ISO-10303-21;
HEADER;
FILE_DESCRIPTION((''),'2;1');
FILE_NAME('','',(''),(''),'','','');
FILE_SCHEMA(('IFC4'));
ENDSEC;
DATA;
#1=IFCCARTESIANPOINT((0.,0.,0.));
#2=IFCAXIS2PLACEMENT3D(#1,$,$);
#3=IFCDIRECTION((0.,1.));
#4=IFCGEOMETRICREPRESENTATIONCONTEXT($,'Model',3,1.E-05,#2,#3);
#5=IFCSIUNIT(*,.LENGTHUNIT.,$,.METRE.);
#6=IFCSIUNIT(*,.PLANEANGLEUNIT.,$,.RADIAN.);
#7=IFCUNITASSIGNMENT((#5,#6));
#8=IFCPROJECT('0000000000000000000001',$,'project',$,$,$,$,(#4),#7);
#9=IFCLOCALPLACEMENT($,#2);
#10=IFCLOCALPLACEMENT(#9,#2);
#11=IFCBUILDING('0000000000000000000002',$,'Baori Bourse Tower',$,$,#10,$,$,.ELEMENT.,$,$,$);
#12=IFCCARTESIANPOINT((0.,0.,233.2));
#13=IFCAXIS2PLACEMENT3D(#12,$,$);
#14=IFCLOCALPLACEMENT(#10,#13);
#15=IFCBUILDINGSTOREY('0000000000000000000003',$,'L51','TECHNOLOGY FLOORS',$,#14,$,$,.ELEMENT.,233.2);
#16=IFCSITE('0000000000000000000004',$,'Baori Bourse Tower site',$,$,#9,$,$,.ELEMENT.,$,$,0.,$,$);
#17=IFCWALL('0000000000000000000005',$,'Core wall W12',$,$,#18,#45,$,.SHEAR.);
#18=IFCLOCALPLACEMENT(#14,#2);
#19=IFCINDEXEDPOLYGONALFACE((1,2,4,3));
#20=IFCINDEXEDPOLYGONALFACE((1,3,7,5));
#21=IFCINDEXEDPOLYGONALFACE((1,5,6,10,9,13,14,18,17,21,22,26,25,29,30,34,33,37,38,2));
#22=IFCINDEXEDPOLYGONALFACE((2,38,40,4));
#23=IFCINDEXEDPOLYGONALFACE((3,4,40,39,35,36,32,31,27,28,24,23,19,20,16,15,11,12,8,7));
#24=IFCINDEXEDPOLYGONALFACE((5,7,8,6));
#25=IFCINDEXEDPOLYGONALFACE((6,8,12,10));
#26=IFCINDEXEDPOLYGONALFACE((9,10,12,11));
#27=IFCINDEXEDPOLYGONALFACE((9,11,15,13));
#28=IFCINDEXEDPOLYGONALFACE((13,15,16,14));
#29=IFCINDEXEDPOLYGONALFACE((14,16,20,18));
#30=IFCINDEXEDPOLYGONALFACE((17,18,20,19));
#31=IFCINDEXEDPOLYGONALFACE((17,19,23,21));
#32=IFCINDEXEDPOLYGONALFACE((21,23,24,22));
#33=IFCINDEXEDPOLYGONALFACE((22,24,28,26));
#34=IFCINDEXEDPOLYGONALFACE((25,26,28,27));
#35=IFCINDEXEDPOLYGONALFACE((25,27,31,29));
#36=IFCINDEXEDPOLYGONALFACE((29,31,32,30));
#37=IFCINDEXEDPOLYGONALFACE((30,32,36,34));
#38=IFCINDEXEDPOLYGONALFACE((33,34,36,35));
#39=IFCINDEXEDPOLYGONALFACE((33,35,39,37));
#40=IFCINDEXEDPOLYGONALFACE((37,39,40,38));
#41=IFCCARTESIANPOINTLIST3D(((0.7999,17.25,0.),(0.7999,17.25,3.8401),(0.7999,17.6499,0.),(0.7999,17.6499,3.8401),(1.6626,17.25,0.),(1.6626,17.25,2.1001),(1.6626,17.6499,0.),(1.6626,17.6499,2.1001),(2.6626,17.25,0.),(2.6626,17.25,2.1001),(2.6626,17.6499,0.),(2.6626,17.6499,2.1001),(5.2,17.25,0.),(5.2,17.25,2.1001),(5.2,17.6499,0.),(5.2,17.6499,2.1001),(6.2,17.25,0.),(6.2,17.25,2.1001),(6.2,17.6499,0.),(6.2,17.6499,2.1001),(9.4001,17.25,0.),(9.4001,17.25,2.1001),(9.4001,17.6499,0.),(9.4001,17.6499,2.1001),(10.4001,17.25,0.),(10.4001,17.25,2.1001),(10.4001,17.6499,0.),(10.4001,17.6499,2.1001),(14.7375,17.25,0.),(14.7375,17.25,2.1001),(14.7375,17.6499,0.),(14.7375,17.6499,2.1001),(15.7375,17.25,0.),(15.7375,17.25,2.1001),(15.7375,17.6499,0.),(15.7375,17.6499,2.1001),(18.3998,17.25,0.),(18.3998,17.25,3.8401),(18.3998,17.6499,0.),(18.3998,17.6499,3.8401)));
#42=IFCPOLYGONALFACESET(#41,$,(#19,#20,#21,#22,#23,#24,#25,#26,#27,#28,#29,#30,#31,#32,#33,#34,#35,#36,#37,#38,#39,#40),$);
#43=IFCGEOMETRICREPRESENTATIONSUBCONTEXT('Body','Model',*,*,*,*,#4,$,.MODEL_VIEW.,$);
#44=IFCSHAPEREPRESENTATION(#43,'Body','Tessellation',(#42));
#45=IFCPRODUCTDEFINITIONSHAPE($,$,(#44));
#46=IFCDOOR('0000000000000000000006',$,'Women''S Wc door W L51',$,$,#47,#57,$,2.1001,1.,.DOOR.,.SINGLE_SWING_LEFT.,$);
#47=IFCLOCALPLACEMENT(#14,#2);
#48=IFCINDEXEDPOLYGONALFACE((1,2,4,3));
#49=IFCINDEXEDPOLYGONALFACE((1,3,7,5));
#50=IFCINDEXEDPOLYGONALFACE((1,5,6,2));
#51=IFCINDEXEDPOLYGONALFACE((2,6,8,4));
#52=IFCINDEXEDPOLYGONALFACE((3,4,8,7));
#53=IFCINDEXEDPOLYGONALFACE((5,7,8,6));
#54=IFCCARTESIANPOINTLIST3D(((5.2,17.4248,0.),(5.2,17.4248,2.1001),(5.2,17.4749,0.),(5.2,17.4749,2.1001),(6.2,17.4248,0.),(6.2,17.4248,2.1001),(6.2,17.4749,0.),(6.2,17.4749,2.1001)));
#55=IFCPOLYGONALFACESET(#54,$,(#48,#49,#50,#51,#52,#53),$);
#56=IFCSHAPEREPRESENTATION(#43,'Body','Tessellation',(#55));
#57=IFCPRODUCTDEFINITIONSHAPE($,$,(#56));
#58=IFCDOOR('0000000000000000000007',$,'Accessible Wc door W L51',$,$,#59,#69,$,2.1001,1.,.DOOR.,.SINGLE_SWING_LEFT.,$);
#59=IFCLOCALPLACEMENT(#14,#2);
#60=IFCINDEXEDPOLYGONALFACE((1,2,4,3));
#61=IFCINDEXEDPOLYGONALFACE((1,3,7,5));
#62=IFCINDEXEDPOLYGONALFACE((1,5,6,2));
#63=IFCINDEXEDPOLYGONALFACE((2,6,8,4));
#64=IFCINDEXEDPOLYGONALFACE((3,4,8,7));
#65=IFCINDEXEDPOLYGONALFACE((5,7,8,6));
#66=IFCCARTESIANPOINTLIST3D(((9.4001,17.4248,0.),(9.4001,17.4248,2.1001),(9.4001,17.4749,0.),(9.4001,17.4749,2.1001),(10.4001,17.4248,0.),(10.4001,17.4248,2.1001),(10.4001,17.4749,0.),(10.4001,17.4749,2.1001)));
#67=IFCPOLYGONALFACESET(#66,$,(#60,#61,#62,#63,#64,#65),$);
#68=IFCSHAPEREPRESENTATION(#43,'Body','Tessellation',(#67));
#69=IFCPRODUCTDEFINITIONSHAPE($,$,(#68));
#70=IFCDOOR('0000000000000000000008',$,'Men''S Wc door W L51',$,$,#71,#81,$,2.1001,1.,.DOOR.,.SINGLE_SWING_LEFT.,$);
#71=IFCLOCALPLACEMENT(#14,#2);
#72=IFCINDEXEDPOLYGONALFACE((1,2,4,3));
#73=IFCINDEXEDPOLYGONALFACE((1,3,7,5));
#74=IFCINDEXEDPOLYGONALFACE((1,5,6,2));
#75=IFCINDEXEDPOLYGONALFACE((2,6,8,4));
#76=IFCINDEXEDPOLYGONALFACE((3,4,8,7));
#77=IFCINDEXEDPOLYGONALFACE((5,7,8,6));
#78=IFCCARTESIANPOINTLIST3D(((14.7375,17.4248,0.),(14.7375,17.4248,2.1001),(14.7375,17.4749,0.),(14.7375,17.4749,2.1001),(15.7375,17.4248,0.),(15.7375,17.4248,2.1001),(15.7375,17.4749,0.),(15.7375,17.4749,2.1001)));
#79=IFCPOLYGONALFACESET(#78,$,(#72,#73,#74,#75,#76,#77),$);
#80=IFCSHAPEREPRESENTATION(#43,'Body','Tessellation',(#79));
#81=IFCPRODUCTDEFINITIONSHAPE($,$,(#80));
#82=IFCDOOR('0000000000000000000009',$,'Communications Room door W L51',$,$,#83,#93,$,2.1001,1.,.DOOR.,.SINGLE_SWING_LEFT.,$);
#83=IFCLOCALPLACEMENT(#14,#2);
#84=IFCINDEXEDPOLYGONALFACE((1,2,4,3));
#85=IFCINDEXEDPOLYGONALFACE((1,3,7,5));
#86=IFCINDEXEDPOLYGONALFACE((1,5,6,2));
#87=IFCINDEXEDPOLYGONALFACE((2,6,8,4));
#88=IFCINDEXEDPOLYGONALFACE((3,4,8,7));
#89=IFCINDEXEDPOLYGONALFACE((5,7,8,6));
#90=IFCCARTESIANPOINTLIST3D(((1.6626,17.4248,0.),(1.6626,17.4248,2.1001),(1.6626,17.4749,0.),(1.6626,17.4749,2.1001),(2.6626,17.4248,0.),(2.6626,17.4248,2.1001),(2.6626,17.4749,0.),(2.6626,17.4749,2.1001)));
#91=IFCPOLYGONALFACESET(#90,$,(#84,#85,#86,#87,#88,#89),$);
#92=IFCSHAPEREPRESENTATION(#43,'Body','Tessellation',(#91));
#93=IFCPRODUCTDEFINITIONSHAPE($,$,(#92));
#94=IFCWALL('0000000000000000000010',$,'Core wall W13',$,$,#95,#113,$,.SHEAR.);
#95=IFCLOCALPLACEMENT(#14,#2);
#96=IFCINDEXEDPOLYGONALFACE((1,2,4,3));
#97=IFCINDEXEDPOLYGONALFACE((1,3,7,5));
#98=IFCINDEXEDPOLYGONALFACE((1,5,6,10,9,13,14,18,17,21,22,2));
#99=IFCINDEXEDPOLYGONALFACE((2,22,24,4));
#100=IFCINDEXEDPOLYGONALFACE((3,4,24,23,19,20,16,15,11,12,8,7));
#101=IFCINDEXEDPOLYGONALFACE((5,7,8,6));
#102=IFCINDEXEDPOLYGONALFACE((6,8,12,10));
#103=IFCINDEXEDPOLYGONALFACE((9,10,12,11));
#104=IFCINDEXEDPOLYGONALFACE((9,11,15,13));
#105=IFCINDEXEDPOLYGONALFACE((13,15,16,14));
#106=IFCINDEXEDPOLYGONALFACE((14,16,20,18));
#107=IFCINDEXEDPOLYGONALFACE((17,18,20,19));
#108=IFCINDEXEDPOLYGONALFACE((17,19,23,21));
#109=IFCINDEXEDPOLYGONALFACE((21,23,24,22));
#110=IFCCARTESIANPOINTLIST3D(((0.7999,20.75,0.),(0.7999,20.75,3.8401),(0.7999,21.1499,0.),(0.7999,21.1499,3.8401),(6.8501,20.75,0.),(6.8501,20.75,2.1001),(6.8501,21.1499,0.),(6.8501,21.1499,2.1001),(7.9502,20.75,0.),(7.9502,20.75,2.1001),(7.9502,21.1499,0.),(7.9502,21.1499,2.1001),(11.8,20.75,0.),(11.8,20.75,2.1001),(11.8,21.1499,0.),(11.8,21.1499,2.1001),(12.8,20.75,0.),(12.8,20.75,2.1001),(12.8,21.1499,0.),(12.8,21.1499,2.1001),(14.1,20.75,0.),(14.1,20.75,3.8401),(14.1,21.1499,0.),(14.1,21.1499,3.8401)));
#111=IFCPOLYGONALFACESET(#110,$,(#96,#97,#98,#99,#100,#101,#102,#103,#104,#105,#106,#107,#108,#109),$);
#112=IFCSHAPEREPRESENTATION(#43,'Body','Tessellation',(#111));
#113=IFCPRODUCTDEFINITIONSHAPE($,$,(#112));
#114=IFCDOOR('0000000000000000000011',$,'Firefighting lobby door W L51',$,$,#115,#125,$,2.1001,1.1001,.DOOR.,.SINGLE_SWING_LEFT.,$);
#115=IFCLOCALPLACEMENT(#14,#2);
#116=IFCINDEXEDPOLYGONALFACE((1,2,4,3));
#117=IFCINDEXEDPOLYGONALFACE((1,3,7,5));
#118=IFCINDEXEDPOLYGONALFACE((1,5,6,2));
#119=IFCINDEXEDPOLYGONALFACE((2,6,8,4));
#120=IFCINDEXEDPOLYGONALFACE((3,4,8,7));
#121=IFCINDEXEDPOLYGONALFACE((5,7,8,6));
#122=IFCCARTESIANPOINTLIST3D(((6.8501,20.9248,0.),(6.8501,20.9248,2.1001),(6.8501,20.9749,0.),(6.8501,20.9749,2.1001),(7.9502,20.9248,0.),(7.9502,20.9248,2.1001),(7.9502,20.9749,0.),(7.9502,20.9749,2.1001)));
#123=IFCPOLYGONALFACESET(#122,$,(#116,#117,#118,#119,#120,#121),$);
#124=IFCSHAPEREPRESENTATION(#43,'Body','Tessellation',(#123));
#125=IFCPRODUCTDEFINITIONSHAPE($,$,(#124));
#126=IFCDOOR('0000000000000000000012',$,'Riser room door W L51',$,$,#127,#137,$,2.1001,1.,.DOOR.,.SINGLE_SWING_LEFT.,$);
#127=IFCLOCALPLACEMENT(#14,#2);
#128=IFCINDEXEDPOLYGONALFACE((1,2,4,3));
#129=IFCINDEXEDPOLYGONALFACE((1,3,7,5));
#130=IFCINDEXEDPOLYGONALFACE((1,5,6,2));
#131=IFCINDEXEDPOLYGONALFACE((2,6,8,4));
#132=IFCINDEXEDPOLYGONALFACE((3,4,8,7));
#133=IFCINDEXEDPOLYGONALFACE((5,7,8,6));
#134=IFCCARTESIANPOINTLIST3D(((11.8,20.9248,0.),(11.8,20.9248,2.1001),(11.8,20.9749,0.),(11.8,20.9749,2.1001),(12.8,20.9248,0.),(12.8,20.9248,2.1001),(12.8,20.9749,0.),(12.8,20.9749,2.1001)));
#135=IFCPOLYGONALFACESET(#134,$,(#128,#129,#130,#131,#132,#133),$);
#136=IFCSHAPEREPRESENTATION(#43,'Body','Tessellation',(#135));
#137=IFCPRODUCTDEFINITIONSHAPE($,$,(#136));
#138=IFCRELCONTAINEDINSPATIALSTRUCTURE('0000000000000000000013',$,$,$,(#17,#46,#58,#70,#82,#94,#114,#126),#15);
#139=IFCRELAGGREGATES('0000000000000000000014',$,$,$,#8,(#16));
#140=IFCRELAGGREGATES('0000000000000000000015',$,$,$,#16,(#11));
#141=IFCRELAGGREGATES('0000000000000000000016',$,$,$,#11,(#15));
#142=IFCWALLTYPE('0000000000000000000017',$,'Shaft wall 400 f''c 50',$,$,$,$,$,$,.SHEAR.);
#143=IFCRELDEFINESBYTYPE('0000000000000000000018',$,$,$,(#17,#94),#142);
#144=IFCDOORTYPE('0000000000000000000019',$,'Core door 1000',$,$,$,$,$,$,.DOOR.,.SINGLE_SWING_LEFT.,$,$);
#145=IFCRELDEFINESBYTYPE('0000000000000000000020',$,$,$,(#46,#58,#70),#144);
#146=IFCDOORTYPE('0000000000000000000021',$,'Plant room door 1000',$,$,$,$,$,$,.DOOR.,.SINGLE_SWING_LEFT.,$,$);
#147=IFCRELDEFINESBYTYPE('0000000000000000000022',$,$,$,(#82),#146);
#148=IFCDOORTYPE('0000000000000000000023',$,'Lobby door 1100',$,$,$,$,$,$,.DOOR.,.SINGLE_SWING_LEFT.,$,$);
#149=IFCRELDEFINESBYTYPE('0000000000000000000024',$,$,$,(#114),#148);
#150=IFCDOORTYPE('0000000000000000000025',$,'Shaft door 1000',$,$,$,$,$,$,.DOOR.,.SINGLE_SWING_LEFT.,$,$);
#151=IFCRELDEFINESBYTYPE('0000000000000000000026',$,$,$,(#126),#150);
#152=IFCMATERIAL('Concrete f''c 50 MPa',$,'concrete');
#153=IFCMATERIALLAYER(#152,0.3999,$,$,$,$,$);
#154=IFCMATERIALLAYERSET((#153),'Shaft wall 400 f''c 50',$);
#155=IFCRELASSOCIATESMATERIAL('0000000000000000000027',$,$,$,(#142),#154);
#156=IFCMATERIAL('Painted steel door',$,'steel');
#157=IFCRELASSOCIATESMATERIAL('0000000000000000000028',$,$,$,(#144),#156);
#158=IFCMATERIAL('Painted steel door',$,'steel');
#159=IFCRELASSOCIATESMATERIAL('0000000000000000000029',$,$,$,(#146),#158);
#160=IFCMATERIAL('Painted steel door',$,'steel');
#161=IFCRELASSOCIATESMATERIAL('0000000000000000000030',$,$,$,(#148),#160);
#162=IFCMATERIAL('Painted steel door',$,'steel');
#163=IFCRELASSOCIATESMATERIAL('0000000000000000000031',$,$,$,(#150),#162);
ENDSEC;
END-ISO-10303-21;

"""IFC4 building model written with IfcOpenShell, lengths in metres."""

from ifc_helpers import new_model, si_unit, direction, frame, frame_2d, origin, place, context, subcontext, project, spatial, rectangle, extrude, material, layer, layer_set, type_object, element, fill, save


model = new_model("IFC4")

# Units and contexts
model_context = context("Model", 3, precision=1e-05, world=origin(), true_north=direction((0.0, 1.0)))
body_context = subcontext(model_context, "Body", "Model", "MODEL_VIEW")
ifc_project = project(units=[si_unit("LENGTHUNIT", "METRE"), si_unit("PLANEANGLEUNIT", "RADIAN")], contexts=[model_context])

# Site, building, storey
site_placement = place(None, origin())
site = spatial("IfcSite", under=ifc_project, at=site_placement, Name="Baori Bourse Tower site", CompositionType="ELEMENT", RefElevation=0.0)
building_placement = place(site_placement, origin())
building = spatial("IfcBuilding", under=site, at=building_placement, Name="Baori Bourse Tower", CompositionType="ELEMENT")
storey_placement = place(building_placement, frame((0.0, 0.0, 233.2)))
storey = spatial("IfcBuildingStorey", under=building, at=storey_placement, Name="L51", Description="TECHNOLOGY FLOORS", CompositionType="ELEMENT", Elevation=233.2)

# Shared definitions
ifc_material_1 = material(Name="Concrete f'c 50 MPa", Category="concrete")
ifc_layer_1 = layer(ifc_material_1, 0.3999)
ifc_layer_set_1 = layer_set([ifc_layer_1], Name="Shaft wall 400 f'c 50")
wall_type_1 = type_object("IfcWallType", Name="Shaft wall 400 f'c 50", PredefinedType="SHEAR", material=ifc_layer_set_1)

# Walls, openings, doors
wall_1_placement = place(storey_placement, frame((0.8, 17.45, 0.0), z_axis=(0.0, 0.0, 1.0), x_axis=(1.0, 0.0, 0.0)))
wall_1 = element("IfcWall", 1, at=wall_1_placement, inside=storey, type_object=wall_type_1, Name="Core wall W12", PredefinedType="SHEAR", context=body_context, shape_type="SweptSolid", body=[
    extrude(rectangle(XDim=17.5999, YDim=0.3999, at=frame_2d((8.7998, 0.0))), origin(), (0.0, 0.0, 1.0), 3.8401),
])
opening_1_placement = place(wall_1_placement, frame((0.8625, 0.0, 0.0)))
opening_1 = element("IfcOpeningElement", 2, at=opening_1_placement, cuts=wall_1, PredefinedType="OPENING", context=body_context, shape_type="SweptSolid", body=[
    extrude(rectangle(XDim=1.0, YDim=2.1001, at=frame_2d((0.5, 1.05))), frame((0.0, 0.21, 0.0), z_axis=(0.0, -1.0, 0.0), x_axis=(1.0, 0.0, 0.0)), (0.0, 0.0, 1.0), 0.4199),
])
opening_2_placement = place(wall_1_placement, frame((4.3999, 0.0, 0.0)))
opening_2 = element("IfcOpeningElement", 3, at=opening_2_placement, cuts=wall_1, PredefinedType="OPENING", context=body_context, shape_type="SweptSolid", body=[
    extrude(rectangle(XDim=1.0, YDim=2.1001, at=frame_2d((0.5, 1.05))), frame((0.0, 0.21, 0.0), z_axis=(0.0, -1.0, 0.0), x_axis=(1.0, 0.0, 0.0)), (0.0, 0.0, 1.0), 0.4199),
])
opening_3_placement = place(wall_1_placement, frame((8.6001, 0.0, 0.0)))
opening_3 = element("IfcOpeningElement", 4, at=opening_3_placement, cuts=wall_1, PredefinedType="OPENING", context=body_context, shape_type="SweptSolid", body=[
    extrude(rectangle(XDim=1.0, YDim=2.1001, at=frame_2d((0.5, 1.05))), frame((0.0, 0.21, 0.0), z_axis=(0.0, -1.0, 0.0), x_axis=(1.0, 0.0, 0.0)), (0.0, 0.0, 1.0), 0.4199),
])
opening_4_placement = place(wall_1_placement, frame((13.9375, 0.0, 0.0)))
opening_4 = element("IfcOpeningElement", 5, at=opening_4_placement, cuts=wall_1, PredefinedType="OPENING", context=body_context, shape_type="SweptSolid", body=[
    extrude(rectangle(XDim=1.0, YDim=2.1001, at=frame_2d((0.5, 1.05))), frame((0.0, 0.21, 0.0), z_axis=(0.0, -1.0, 0.0), x_axis=(1.0, 0.0, 0.0)), (0.0, 0.0, 1.0), 0.4199),
])
ifc_material_2 = material(Name="Painted steel door", Category="steel")
door_type_1 = type_object("IfcDoorType", Name="Core door 1000", OperationType="SINGLE_SWING_LEFT", PredefinedType="DOOR", material=ifc_material_2)
door_1_placement = place(opening_2_placement, origin())
door_1 = element("IfcDoor", 6, at=door_1_placement, inside=storey, type_object=door_type_1, Name="Women'S Wc door W L51", OperationType="SINGLE_SWING_LEFT", OverallHeight=2.1001, OverallWidth=1.0, PredefinedType="DOOR", context=body_context, shape_type="SweptSolid", body=[
    extrude(rectangle(XDim=1.0, YDim=2.1001, at=frame_2d((0.5, 1.05))), frame((0.0, 0.0249, 0.0), z_axis=(0.0, -1.0, 0.0), x_axis=(1.0, 0.0, 0.0)), (0.0, 0.0, 1.0), 0.05),
])
fill(opening_2, door_1)
door_2_placement = place(opening_3_placement, origin())
door_2 = element("IfcDoor", 7, at=door_2_placement, inside=storey, type_object=door_type_1, Name="Accessible Wc door W L51", OperationType="SINGLE_SWING_LEFT", OverallHeight=2.1001, OverallWidth=1.0, PredefinedType="DOOR", context=body_context, shape_type="SweptSolid", body=[
    extrude(rectangle(XDim=1.0, YDim=2.1001, at=frame_2d((0.5, 1.05))), frame((0.0, 0.0249, 0.0), z_axis=(0.0, -1.0, 0.0), x_axis=(1.0, 0.0, 0.0)), (0.0, 0.0, 1.0), 0.05),
])
fill(opening_3, door_2)
door_3_placement = place(opening_4_placement, origin())
door_3 = element("IfcDoor", 8, at=door_3_placement, inside=storey, type_object=door_type_1, Name="Men'S Wc door W L51", OperationType="SINGLE_SWING_LEFT", OverallHeight=2.1001, OverallWidth=1.0, PredefinedType="DOOR", context=body_context, shape_type="SweptSolid", body=[
    extrude(rectangle(XDim=1.0, YDim=2.1001, at=frame_2d((0.5, 1.05))), frame((0.0, 0.0249, 0.0), z_axis=(0.0, -1.0, 0.0), x_axis=(1.0, 0.0, 0.0)), (0.0, 0.0, 1.0), 0.05),
])
fill(opening_4, door_3)
ifc_material_3 = material(Name="Painted steel door", Category="steel")
door_type_2 = type_object("IfcDoorType", Name="Plant room door 1000", OperationType="SINGLE_SWING_LEFT", PredefinedType="DOOR", material=ifc_material_3)
door_4_placement = place(opening_1_placement, origin())
door_4 = element("IfcDoor", 9, at=door_4_placement, inside=storey, type_object=door_type_2, Name="Communications Room door W L51", OperationType="SINGLE_SWING_LEFT", OverallHeight=2.1001, OverallWidth=1.0, PredefinedType="DOOR", context=body_context, shape_type="SweptSolid", body=[
    extrude(rectangle(XDim=1.0, YDim=2.1001, at=frame_2d((0.5, 1.05))), frame((0.0, 0.0249, 0.0), z_axis=(0.0, -1.0, 0.0), x_axis=(1.0, 0.0, 0.0)), (0.0, 0.0, 1.0), 0.05),
])
fill(opening_1, door_4)
wall_2_placement = place(storey_placement, frame((0.8, 20.95, 0.0), z_axis=(0.0, 0.0, 1.0), x_axis=(1.0, 0.0, 0.0)))
wall_2 = element("IfcWall", 10, at=wall_2_placement, inside=storey, type_object=wall_type_1, Name="Core wall W13", PredefinedType="SHEAR", context=body_context, shape_type="SweptSolid", body=[
    extrude(rectangle(XDim=13.3, YDim=0.3999, at=frame_2d((6.6499, 0.0))), origin(), (0.0, 0.0, 1.0), 3.8401),
])
opening_5_placement = place(wall_2_placement, frame((6.05, 0.0, 0.0)))
opening_5 = element("IfcOpeningElement", 11, at=opening_5_placement, cuts=wall_2, PredefinedType="OPENING", context=body_context, shape_type="SweptSolid", body=[
    extrude(rectangle(XDim=1.1001, YDim=2.1001, at=frame_2d((0.55, 1.05))), frame((0.0, 0.21, 0.0), z_axis=(0.0, -1.0, 0.0), x_axis=(1.0, 0.0, 0.0)), (0.0, 0.0, 1.0), 0.4199),
])
opening_6_placement = place(wall_2_placement, frame((11.0, 0.0, 0.0)))
opening_6 = element("IfcOpeningElement", 12, at=opening_6_placement, cuts=wall_2, PredefinedType="OPENING", context=body_context, shape_type="SweptSolid", body=[
    extrude(rectangle(XDim=1.0, YDim=2.1001, at=frame_2d((0.5, 1.05))), frame((0.0, 0.21, 0.0), z_axis=(0.0, -1.0, 0.0), x_axis=(1.0, 0.0, 0.0)), (0.0, 0.0, 1.0), 0.4199),
])
ifc_material_4 = material(Name="Painted steel door", Category="steel")
door_type_3 = type_object("IfcDoorType", Name="Lobby door 1100", OperationType="SINGLE_SWING_LEFT", PredefinedType="DOOR", material=ifc_material_4)
door_5_placement = place(opening_5_placement, origin())
door_5 = element("IfcDoor", 13, at=door_5_placement, inside=storey, type_object=door_type_3, Name="Firefighting lobby door W L51", OperationType="SINGLE_SWING_LEFT", OverallHeight=2.1001, OverallWidth=1.1001, PredefinedType="DOOR", context=body_context, shape_type="SweptSolid", body=[
    extrude(rectangle(XDim=1.1001, YDim=2.1001, at=frame_2d((0.55, 1.05))), frame((0.0, 0.0249, 0.0), z_axis=(0.0, -1.0, 0.0), x_axis=(1.0, 0.0, 0.0)), (0.0, 0.0, 1.0), 0.05),
])
fill(opening_5, door_5)
ifc_material_5 = material(Name="Painted steel door", Category="steel")
door_type_4 = type_object("IfcDoorType", Name="Shaft door 1000", OperationType="SINGLE_SWING_LEFT", PredefinedType="DOOR", material=ifc_material_5)
door_6_placement = place(opening_6_placement, origin())
door_6 = element("IfcDoor", 14, at=door_6_placement, inside=storey, type_object=door_type_4, Name="Riser room door W L51", OperationType="SINGLE_SWING_LEFT", OverallHeight=2.1001, OverallWidth=1.0, PredefinedType="DOOR", context=body_context, shape_type="SweptSolid", body=[
    extrude(rectangle(XDim=1.0, YDim=2.1001, at=frame_2d((0.5, 1.05))), frame((0.0, 0.0249, 0.0), z_axis=(0.0, -1.0, 0.0), x_axis=(1.0, 0.0, 0.0)), (0.0, 0.0, 1.0), 0.05),
])
fill(opening_6, door_6)

save(model, "model.ifc")
